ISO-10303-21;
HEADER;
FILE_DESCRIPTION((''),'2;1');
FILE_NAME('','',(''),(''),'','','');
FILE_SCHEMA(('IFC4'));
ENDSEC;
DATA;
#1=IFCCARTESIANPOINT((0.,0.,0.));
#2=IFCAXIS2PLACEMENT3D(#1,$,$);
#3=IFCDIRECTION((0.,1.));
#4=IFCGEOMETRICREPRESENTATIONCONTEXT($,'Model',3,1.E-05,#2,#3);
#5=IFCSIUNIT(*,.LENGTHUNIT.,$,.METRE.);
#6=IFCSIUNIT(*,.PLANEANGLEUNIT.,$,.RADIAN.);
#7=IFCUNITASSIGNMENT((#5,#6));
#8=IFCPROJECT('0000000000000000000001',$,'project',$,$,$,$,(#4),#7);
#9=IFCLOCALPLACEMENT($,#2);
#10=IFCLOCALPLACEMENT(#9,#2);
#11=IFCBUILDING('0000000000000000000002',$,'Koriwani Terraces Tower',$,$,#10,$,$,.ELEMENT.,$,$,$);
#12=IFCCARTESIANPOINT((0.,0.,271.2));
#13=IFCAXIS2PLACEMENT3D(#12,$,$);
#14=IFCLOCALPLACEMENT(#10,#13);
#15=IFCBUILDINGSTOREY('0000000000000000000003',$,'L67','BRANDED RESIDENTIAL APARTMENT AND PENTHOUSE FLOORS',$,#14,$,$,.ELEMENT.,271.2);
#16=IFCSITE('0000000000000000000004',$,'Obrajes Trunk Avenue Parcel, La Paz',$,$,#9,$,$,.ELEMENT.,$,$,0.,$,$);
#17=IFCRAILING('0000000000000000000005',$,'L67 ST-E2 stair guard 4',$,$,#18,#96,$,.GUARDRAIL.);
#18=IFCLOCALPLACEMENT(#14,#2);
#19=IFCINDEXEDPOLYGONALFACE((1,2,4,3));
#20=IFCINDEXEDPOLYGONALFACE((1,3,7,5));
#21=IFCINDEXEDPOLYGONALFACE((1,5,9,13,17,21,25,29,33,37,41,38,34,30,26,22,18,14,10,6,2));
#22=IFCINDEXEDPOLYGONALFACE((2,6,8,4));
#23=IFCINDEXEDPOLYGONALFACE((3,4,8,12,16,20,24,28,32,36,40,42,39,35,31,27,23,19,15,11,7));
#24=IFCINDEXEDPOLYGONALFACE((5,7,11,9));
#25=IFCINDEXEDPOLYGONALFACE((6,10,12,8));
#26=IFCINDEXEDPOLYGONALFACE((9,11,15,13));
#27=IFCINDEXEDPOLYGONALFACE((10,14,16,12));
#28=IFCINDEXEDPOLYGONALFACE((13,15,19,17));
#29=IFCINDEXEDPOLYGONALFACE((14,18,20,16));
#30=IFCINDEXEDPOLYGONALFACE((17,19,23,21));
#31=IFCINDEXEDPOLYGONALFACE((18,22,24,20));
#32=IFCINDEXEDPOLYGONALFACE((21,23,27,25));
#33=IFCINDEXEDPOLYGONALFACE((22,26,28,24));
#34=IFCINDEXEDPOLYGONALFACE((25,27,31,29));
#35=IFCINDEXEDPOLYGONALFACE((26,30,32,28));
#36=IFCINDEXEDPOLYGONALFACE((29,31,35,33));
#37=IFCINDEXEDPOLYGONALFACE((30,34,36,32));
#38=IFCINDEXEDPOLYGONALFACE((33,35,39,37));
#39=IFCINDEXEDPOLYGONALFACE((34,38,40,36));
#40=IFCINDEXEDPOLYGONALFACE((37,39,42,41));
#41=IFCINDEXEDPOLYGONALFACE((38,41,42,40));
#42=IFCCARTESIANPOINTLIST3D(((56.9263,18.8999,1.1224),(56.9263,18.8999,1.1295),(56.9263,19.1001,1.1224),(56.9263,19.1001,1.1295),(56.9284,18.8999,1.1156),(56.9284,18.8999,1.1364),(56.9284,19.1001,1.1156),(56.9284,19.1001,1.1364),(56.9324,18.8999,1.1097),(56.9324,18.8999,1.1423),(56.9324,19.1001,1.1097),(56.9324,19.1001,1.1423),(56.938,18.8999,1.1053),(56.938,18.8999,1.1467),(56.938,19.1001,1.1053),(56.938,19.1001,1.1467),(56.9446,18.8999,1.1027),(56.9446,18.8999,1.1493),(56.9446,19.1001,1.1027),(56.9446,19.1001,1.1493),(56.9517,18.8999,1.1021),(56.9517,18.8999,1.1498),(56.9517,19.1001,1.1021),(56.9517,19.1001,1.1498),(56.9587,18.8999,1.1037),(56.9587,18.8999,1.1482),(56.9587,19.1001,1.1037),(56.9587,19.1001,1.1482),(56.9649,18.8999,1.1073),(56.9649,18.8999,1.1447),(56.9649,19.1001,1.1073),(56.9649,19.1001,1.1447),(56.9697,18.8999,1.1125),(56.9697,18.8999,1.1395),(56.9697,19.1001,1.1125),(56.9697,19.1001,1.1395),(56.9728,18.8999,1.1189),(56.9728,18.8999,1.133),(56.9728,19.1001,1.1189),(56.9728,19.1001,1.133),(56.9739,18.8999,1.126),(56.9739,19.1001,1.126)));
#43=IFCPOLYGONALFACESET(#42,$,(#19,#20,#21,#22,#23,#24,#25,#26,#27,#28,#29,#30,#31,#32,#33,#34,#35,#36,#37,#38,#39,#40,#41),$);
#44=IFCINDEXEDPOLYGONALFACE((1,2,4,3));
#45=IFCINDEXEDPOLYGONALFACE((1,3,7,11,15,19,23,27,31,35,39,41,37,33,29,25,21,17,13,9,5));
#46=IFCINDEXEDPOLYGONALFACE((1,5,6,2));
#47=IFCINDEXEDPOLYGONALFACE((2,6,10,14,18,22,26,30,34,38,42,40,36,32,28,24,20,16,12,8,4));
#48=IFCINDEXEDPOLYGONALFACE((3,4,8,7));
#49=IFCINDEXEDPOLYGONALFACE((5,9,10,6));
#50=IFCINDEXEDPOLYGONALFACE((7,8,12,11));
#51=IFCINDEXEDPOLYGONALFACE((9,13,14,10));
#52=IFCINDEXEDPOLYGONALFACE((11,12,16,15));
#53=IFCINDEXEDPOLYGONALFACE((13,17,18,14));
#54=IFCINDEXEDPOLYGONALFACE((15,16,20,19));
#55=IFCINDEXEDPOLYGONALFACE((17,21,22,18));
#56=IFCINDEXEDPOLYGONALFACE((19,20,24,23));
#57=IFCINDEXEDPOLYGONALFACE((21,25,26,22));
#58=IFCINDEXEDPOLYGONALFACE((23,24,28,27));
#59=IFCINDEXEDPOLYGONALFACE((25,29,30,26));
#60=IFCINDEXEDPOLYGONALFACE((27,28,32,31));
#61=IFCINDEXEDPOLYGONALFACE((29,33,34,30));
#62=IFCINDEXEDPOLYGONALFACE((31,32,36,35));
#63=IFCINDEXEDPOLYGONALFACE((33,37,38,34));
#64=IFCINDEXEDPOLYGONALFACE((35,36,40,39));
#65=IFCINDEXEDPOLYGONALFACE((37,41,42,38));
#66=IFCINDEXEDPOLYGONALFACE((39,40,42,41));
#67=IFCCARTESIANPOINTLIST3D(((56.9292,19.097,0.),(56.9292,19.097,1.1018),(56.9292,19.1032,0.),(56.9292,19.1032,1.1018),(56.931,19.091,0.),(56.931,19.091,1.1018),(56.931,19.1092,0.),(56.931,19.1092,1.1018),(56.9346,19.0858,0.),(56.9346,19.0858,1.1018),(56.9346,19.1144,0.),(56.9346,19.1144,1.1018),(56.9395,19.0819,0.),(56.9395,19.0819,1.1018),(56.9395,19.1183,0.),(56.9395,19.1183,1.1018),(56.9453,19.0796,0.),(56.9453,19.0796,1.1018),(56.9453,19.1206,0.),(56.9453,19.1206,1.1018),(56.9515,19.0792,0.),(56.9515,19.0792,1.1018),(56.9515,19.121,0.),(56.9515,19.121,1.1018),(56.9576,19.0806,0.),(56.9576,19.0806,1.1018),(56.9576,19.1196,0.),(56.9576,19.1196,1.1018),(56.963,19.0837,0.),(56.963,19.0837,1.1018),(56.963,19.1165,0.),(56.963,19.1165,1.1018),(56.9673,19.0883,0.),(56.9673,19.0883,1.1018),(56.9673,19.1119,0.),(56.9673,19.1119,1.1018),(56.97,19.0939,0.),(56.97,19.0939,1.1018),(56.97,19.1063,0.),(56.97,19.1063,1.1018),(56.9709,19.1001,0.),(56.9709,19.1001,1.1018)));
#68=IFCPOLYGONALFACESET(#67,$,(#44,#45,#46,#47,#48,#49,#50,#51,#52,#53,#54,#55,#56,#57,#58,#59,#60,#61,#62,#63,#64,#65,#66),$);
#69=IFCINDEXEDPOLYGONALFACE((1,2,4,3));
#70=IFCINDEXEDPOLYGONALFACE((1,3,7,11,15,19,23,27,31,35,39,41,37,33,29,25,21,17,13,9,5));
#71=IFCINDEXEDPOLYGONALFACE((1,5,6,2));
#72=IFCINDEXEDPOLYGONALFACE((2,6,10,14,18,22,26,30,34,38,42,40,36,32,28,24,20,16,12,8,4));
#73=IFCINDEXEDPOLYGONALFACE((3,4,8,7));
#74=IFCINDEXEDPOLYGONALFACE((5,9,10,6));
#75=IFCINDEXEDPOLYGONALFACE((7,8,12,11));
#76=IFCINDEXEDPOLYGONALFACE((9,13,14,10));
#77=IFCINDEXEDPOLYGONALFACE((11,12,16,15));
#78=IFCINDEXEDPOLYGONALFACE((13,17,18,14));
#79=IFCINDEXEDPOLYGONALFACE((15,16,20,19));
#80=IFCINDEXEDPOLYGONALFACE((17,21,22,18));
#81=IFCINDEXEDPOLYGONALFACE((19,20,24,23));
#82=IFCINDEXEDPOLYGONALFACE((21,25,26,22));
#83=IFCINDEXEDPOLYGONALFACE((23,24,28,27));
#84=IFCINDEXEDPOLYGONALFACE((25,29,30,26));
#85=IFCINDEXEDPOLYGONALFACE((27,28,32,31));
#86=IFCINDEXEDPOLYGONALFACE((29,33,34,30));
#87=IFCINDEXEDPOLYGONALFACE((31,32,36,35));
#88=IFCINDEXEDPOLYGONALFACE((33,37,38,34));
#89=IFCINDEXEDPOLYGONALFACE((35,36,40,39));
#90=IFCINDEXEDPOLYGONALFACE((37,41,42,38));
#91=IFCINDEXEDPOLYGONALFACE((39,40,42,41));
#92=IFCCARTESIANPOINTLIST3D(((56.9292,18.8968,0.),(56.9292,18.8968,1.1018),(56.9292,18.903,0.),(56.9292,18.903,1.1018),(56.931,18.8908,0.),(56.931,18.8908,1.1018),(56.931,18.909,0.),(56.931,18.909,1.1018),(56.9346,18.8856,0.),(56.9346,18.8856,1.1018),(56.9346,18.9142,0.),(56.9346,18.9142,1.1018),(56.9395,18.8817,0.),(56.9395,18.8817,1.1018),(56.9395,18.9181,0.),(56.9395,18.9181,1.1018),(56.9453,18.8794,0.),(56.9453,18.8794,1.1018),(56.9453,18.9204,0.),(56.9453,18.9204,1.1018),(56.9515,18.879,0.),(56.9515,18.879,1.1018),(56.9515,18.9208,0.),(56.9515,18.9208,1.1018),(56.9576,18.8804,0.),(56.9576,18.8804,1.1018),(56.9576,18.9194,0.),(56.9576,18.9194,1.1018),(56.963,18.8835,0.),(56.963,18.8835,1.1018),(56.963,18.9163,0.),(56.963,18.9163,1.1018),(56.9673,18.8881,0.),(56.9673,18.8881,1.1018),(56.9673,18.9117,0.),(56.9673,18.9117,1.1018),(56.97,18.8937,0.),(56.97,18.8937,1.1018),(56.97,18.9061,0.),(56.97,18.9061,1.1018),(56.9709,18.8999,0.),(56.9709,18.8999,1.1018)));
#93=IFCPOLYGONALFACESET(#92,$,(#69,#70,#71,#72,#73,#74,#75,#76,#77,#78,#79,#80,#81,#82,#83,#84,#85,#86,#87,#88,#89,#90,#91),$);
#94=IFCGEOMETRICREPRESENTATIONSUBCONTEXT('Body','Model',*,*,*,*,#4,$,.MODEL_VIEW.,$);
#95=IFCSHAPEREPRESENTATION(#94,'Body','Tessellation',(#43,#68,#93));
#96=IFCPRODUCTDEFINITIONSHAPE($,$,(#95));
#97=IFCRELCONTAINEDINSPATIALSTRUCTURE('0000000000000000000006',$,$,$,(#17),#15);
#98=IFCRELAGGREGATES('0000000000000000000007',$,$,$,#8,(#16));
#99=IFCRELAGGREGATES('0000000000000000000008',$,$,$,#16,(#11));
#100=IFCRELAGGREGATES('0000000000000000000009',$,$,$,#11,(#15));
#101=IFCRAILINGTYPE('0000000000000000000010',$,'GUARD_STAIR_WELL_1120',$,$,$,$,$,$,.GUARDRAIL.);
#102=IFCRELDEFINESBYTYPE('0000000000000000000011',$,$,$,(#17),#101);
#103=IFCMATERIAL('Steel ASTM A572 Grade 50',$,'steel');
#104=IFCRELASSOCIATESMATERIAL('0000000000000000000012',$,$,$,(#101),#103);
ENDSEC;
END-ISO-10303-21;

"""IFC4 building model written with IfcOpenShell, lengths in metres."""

from ifc_helpers import new_model, si_unit, direction, frame, origin, origin_2d, place, context, subcontext, project, spatial, circle, extrude, material, type_object, element, save


model = new_model("IFC4")

# Units and contexts
model_context = context("Model", 3, precision=1e-05, world=origin(), true_north=direction((0.0, 1.0)))
body_context = subcontext(model_context, "Body", "Model", "MODEL_VIEW")
ifc_project = project(units=[si_unit("LENGTHUNIT", "METRE"), si_unit("PLANEANGLEUNIT", "RADIAN")], contexts=[model_context])

# Site, building, storey
site_placement = place(None, origin())
site = spatial("IfcSite", under=ifc_project, at=site_placement, Name="Obrajes Trunk Avenue Parcel, La Paz", CompositionType="ELEMENT", RefElevation=0.0)
building_placement = place(site_placement, origin())
building = spatial("IfcBuilding", under=site, at=building_placement, Name="Koriwani Terraces Tower", CompositionType="ELEMENT")
storey_placement = place(building_placement, frame((0.0, 0.0, 271.2)))
storey = spatial("IfcBuildingStorey", under=building, at=storey_placement, Name="L67", Description="BRANDED RESIDENTIAL APARTMENT AND PENTHOUSE FLOORS", CompositionType="ELEMENT", Elevation=271.2)

# Shared definitions
ifc_material_1 = material(Name="Steel ASTM A572 Grade 50", Category="steel")

# Railing
railing_type_1 = type_object("IfcRailingType", Name="GUARD_STAIR_WELL_1120", PredefinedType="GUARDRAIL", material=ifc_material_1)
railing_1_placement = place(storey_placement, frame((56.95, 19.1001, 0.0)))
element("IfcRailing", 1, at=railing_1_placement, inside=storey, type_object=railing_type_1, Name="L67 ST-E2 stair guard 4", PredefinedType="GUARDRAIL", context=body_context, shape_type="SweptSolid", body=[
    extrude(circle(Radius=0.0239, at=origin_2d()), frame((0.0, 0.0, 1.126), z_axis=(0.0, -1.0, 0.0), x_axis=(1.0, 0.0, 0.0)), (0.0, 0.0, 1.0), 0.2002),
    extrude(circle(Radius=0.021, at=origin_2d()), origin(), (0.0, 0.0, 1.0), 1.1018),
    extrude(circle(Radius=0.021, at=origin_2d()), frame((0.0, -0.2002, 0.0)), (0.0, 0.0, 1.0), 1.1018),
])

save(model, "model.ifc")
